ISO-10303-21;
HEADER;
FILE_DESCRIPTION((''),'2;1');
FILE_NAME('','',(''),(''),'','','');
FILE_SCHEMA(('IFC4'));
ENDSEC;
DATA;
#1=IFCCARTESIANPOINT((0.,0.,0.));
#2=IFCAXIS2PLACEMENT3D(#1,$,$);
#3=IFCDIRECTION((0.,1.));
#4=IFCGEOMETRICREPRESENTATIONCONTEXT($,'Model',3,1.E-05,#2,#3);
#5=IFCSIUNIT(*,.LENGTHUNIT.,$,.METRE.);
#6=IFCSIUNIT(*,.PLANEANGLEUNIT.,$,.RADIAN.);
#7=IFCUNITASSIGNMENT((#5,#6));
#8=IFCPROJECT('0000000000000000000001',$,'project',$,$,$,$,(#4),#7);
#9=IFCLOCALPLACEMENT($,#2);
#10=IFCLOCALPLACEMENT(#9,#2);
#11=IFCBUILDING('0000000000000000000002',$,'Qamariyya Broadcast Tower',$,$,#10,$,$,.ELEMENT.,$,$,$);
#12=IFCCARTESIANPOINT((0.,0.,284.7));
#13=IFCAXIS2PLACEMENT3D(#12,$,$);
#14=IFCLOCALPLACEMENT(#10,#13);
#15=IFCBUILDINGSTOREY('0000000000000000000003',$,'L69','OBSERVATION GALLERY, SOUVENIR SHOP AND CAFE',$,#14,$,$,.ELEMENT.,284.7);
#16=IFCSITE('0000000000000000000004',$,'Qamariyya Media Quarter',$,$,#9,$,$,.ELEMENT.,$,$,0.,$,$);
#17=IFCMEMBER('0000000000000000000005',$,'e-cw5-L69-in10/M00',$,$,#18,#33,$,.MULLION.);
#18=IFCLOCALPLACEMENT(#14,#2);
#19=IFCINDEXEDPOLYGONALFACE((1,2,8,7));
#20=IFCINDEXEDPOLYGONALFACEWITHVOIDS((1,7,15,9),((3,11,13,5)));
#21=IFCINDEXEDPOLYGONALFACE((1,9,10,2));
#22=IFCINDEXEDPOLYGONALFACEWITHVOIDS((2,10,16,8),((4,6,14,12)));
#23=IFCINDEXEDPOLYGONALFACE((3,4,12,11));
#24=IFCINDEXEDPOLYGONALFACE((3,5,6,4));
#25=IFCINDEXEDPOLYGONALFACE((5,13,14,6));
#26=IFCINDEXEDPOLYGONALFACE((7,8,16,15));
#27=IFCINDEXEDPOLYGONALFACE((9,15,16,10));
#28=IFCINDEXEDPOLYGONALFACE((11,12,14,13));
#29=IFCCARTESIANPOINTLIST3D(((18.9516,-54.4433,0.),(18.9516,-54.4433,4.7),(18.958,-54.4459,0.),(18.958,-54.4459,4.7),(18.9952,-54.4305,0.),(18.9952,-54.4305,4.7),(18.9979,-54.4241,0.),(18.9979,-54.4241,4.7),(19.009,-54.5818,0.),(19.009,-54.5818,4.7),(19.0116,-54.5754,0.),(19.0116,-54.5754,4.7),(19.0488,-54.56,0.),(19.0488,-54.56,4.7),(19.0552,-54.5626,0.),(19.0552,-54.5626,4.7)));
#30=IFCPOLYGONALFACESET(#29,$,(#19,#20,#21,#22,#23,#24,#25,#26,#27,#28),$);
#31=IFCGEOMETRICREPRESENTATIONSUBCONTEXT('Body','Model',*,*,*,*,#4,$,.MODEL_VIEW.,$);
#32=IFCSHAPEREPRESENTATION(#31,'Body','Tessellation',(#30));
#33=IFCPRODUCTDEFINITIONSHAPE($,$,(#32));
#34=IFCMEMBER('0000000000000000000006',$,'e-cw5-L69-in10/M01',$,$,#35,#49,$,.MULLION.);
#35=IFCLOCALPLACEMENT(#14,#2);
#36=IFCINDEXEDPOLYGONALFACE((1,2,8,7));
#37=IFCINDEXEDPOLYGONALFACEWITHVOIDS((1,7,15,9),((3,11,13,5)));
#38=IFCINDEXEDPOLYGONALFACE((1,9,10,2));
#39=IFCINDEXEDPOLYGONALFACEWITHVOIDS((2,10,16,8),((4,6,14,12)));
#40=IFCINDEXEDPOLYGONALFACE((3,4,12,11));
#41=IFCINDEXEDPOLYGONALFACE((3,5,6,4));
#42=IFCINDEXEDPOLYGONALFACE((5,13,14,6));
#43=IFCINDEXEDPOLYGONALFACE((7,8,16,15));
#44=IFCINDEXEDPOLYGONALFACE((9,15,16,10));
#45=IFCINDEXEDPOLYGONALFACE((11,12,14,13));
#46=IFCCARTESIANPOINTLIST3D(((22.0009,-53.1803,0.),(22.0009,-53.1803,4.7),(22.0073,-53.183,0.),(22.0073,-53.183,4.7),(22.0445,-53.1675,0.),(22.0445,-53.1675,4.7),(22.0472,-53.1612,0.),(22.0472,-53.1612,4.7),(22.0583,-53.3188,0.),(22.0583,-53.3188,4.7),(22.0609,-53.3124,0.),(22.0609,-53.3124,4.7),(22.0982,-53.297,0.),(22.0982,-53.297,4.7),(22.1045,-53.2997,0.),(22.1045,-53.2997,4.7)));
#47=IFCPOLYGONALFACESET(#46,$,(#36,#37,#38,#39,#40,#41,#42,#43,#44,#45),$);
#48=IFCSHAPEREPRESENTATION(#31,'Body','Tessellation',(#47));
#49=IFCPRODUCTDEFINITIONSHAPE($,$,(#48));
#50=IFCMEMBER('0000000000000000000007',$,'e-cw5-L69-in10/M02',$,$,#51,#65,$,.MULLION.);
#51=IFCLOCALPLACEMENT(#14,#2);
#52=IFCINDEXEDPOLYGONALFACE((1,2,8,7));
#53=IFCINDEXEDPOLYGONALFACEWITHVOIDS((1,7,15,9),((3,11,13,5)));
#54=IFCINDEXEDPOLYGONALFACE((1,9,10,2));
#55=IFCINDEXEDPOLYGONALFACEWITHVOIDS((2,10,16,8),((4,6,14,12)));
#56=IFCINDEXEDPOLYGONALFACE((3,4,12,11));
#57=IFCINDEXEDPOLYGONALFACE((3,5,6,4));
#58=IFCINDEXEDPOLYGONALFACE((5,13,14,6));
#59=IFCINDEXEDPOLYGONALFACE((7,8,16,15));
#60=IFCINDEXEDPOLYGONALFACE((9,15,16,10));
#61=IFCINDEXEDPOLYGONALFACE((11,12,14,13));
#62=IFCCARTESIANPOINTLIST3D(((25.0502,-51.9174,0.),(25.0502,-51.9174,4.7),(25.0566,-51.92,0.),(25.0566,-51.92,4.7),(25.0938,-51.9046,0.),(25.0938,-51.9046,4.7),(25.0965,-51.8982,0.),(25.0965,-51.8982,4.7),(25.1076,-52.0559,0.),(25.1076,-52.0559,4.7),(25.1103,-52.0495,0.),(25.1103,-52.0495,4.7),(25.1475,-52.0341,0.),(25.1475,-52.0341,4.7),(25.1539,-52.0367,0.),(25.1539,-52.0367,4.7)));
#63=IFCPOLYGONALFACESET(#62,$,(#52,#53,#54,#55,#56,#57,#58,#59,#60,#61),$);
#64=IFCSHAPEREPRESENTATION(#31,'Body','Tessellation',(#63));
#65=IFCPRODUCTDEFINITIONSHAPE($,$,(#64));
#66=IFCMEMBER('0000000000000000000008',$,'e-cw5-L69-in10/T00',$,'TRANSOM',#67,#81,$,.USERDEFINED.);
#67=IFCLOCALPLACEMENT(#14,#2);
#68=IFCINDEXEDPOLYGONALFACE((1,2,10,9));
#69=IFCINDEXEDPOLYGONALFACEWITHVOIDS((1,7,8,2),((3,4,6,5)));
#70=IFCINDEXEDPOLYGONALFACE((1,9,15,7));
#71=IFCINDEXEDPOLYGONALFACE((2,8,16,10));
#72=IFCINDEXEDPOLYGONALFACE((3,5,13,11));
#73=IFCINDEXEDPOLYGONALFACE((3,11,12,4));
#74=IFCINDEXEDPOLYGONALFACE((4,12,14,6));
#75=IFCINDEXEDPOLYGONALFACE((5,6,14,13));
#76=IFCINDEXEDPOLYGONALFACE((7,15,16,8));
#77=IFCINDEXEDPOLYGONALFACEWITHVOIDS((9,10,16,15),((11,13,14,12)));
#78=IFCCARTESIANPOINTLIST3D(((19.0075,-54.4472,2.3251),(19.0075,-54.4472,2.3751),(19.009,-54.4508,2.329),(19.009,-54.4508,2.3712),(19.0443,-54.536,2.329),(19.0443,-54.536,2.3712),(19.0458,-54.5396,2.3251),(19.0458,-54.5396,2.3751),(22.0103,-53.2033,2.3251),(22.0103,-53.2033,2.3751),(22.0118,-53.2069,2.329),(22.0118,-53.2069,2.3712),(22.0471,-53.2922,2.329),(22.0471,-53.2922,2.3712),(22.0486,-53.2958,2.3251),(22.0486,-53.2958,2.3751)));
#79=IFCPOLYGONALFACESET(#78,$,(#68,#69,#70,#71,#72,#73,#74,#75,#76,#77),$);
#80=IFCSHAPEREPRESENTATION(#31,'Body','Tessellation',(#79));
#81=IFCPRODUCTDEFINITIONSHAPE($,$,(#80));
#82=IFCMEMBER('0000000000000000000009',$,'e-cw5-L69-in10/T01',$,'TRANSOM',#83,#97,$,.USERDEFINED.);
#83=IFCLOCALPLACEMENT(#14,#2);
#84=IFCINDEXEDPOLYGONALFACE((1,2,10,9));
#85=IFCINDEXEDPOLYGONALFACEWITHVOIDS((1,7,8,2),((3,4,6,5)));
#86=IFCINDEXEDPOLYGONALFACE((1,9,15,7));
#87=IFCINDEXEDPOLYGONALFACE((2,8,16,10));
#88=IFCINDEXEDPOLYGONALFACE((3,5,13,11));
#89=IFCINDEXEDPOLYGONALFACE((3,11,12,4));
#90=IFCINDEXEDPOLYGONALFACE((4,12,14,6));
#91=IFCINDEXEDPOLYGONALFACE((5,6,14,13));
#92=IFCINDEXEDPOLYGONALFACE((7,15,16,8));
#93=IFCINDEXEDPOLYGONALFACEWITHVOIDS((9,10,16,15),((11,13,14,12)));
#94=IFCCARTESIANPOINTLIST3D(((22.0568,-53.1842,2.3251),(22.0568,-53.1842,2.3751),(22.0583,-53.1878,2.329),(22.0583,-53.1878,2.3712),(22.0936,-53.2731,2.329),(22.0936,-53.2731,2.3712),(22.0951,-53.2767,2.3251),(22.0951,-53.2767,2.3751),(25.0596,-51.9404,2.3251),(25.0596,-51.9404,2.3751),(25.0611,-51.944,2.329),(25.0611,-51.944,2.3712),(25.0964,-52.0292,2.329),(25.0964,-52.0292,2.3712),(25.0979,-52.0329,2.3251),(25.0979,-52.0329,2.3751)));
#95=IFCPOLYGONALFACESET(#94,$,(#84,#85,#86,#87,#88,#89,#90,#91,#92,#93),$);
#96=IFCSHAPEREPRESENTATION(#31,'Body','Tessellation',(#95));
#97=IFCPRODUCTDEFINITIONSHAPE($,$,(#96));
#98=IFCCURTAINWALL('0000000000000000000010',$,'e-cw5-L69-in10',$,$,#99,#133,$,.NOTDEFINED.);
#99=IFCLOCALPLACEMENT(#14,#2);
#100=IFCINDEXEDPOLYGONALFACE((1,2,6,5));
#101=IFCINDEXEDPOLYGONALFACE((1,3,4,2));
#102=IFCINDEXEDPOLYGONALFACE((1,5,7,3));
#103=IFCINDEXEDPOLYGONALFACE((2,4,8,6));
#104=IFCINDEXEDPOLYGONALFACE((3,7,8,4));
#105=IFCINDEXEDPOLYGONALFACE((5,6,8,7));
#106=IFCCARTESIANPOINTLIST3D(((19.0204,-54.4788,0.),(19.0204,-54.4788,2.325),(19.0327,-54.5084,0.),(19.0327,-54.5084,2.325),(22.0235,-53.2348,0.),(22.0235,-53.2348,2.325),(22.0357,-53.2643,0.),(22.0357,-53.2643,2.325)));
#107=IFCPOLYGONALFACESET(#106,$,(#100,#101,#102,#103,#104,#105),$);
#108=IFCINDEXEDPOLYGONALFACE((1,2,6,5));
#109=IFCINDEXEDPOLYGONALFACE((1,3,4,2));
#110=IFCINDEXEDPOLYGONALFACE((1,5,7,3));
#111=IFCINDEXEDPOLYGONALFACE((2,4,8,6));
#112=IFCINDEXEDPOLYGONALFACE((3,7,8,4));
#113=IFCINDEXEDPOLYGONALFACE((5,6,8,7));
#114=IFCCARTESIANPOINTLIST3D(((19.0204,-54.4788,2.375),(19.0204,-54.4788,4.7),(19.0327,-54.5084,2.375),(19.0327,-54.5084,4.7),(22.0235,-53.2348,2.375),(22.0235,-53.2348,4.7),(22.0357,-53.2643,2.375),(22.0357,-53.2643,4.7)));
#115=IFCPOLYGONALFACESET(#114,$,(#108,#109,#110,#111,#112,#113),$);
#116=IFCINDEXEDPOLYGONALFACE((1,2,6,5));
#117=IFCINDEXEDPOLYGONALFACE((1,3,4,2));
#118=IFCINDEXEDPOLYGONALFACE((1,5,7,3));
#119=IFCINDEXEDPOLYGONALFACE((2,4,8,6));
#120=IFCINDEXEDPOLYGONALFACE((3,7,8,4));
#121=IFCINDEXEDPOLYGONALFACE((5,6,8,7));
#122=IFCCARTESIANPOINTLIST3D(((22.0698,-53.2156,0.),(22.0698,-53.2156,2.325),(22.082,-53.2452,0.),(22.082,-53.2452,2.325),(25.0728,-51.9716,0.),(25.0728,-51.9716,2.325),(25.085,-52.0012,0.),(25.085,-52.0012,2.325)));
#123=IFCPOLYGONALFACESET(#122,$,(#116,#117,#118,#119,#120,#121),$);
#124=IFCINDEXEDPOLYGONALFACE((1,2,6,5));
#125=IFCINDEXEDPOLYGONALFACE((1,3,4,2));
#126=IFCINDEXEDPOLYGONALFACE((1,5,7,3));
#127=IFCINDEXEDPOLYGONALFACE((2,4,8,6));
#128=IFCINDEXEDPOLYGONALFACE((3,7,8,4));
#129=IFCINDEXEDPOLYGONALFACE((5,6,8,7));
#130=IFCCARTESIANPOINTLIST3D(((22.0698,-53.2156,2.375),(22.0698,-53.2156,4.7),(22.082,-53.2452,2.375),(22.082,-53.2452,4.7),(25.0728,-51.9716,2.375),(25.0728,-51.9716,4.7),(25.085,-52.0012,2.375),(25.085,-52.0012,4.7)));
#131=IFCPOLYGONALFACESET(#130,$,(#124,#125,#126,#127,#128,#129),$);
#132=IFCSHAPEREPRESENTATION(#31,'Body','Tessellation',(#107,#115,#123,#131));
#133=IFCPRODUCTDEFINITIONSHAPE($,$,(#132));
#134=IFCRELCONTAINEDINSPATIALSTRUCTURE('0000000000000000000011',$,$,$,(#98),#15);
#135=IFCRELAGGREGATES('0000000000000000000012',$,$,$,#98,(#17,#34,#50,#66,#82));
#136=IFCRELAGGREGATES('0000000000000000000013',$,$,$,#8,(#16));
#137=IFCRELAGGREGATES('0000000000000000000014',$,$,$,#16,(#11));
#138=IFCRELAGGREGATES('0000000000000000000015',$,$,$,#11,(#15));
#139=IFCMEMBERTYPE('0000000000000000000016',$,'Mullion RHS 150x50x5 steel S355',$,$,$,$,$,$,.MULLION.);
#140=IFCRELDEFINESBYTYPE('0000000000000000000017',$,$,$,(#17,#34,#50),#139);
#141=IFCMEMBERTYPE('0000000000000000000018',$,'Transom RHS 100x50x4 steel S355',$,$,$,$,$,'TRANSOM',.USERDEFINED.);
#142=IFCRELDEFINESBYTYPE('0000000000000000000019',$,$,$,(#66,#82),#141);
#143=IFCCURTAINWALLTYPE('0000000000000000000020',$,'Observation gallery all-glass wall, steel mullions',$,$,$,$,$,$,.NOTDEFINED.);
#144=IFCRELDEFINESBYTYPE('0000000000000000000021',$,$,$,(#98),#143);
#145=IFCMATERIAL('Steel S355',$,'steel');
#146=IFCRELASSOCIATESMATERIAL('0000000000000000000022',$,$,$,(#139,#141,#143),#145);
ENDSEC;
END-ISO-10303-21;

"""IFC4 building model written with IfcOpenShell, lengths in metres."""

from ifc_helpers import new_model, si_unit, direction, frame, origin, origin_2d, place, context, subcontext, project, spatial, rectangle, hollow_rectangle, extrude, material, material_profile, profile_set, type_object, element, aggregate, save


model = new_model("IFC4")

# Units and contexts
model_context = context("Model", 3, precision=1e-05, world=origin(), true_north=direction((0.0, 1.0)))
body_context = subcontext(model_context, "Body", "Model", "MODEL_VIEW")
ifc_project = project(units=[si_unit("LENGTHUNIT", "METRE"), si_unit("PLANEANGLEUNIT", "RADIAN")], contexts=[model_context])

# Members
ifc_material = material(Name="Steel S355", Category="steel")
ifc_material_profile_1 = material_profile(ifc_material, hollow_rectangle(XDim=0.1499, YDim=0.05, WallThickness=0.0049, at=origin_2d()))
ifc_profile_set_1 = profile_set([ifc_material_profile_1], Name="Steel S355")
member_type_1 = type_object("IfcMemberType", Name="Mullion RHS 150x50x5 steel S355", PredefinedType="MULLION", material=ifc_profile_set_1)
site_placement = place(None, origin())
building_placement = place(site_placement, origin())
storey_placement = place(building_placement, frame((0.0, 0.0, 284.7)))
member_1_placement = place(storey_placement, frame((19.0034, -54.5029, 0.0), z_axis=(0.0, 0.0, 1.0), x_axis=(-0.382683, 0.92388, 0.0)))
member_1 = element("IfcMember", 1, at=member_1_placement, type_object=member_type_1, Name="e-cw5-L69-in10/M00", PredefinedType="MULLION", context=body_context, shape_type="SweptSolid", body=[
    extrude(hollow_rectangle(XDim=0.1499, YDim=0.05, WallThickness=0.0049, at=origin_2d()), origin(), (0.0, 0.0, 1.0), 4.7),
])
member_2_placement = place(storey_placement, frame((22.0527, -53.24, 0.0), z_axis=(0.0, 0.0, 1.0), x_axis=(-0.382683, 0.92388, 0.0)))
member_2 = element("IfcMember", 2, at=member_2_placement, type_object=member_type_1, Name="e-cw5-L69-in10/M01", PredefinedType="MULLION", context=body_context, shape_type="SweptSolid", body=[
    extrude(hollow_rectangle(XDim=0.1499, YDim=0.05, WallThickness=0.0049, at=origin_2d()), origin(), (0.0, 0.0, 1.0), 4.7),
])
member_3_placement = place(storey_placement, frame((25.1021, -51.9771, 0.0), z_axis=(0.0, 0.0, 1.0), x_axis=(-0.382683, 0.92388, 0.0)))
member_3 = element("IfcMember", 3, at=member_3_placement, type_object=member_type_1, Name="e-cw5-L69-in10/M02", PredefinedType="MULLION", context=body_context, shape_type="SweptSolid", body=[
    extrude(hollow_rectangle(XDim=0.1499, YDim=0.05, WallThickness=0.0049, at=origin_2d()), origin(), (0.0, 0.0, 1.0), 4.7),
])
ifc_material_profile_2 = material_profile(ifc_material, hollow_rectangle(XDim=0.1001, YDim=0.05, WallThickness=0.0039, at=origin_2d()))
ifc_profile_set_2 = profile_set([ifc_material_profile_2], Name="Steel S355")
member_type_2 = type_object("IfcMemberType", Name="Transom RHS 100x50x4 steel S355", ElementType="TRANSOM", PredefinedType="USERDEFINED", material=ifc_profile_set_2)
member_4_placement = place(storey_placement, frame((19.0266, -54.4934, 2.3501), z_axis=(0.923875, 0.382695, 0.0), x_axis=(-0.382695, 0.923875, 0.0)))
member_4 = element("IfcMember", 4, at=member_4_placement, type_object=member_type_2, Name="e-cw5-L69-in10/T00", ObjectType="TRANSOM", PredefinedType="USERDEFINED", context=body_context, shape_type="SweptSolid", body=[
    extrude(hollow_rectangle(XDim=0.1001, YDim=0.05, WallThickness=0.0039, at=origin_2d()), origin(), (0.0, 0.0, 1.0), 3.2502),
])
member_5_placement = place(storey_placement, frame((22.0759, -53.2305, 2.3501), z_axis=(0.923875, 0.382695, 0.0), x_axis=(-0.382695, 0.923875, 0.0)))
member_5 = element("IfcMember", 5, at=member_5_placement, type_object=member_type_2, Name="e-cw5-L69-in10/T01", ObjectType="TRANSOM", PredefinedType="USERDEFINED", context=body_context, shape_type="SweptSolid", body=[
    extrude(hollow_rectangle(XDim=0.1001, YDim=0.05, WallThickness=0.0039, at=origin_2d()), origin(), (0.0, 0.0, 1.0), 3.2502),
])

# Site, building, storey
site = spatial("IfcSite", under=ifc_project, at=site_placement, Name="Qamariyya Media Quarter", CompositionType="ELEMENT", RefElevation=0.0)
building = spatial("IfcBuilding", under=site, at=building_placement, Name="Qamariyya Broadcast Tower", CompositionType="ELEMENT")
storey = spatial("IfcBuildingStorey", under=building, at=storey_placement, Name="L69", Description="OBSERVATION GALLERY, SOUVENIR SHOP AND CAFE", CompositionType="ELEMENT", Elevation=284.7)

# Curtain wall
curtain_wall_type = type_object("IfcCurtainWallType", Name="Observation gallery all-glass wall, steel mullions", PredefinedType="NOTDEFINED", material=ifc_material)
curtain_wall_1_placement = place(storey_placement, origin())
curtain_wall_1 = element("IfcCurtainWall", 6, at=curtain_wall_1_placement, inside=storey, type_object=curtain_wall_type, Name="e-cw5-L69-in10", PredefinedType="NOTDEFINED", context=body_context, shape_type="SweptSolid", body=[
    extrude(rectangle(XDim=3.2505, YDim=0.032, at=origin_2d()), frame((20.5281, -53.8716, 0.0), x_axis=(0.923866, 0.382717, 0.0)), (0.0, 0.0, 1.0), 2.325),
    extrude(rectangle(XDim=3.2505, YDim=0.032, at=origin_2d()), frame((20.5281, -53.8716, 2.375), x_axis=(0.923866, 0.382717, 0.0)), (0.0, 0.0, 1.0), 2.325),
    extrude(rectangle(XDim=3.2505, YDim=0.032, at=origin_2d()), frame((23.5774, -52.6084, 0.0), x_axis=(0.923866, 0.382717, 0.0)), (0.0, 0.0, 1.0), 2.325),
    extrude(rectangle(XDim=3.2505, YDim=0.032, at=origin_2d()), frame((23.5774, -52.6084, 2.375), x_axis=(0.923866, 0.382717, 0.0)), (0.0, 0.0, 1.0), 2.325),
])
aggregate(curtain_wall_1, [member_1, member_2, member_3, member_4, member_5])

save(model, "model.ifc")
